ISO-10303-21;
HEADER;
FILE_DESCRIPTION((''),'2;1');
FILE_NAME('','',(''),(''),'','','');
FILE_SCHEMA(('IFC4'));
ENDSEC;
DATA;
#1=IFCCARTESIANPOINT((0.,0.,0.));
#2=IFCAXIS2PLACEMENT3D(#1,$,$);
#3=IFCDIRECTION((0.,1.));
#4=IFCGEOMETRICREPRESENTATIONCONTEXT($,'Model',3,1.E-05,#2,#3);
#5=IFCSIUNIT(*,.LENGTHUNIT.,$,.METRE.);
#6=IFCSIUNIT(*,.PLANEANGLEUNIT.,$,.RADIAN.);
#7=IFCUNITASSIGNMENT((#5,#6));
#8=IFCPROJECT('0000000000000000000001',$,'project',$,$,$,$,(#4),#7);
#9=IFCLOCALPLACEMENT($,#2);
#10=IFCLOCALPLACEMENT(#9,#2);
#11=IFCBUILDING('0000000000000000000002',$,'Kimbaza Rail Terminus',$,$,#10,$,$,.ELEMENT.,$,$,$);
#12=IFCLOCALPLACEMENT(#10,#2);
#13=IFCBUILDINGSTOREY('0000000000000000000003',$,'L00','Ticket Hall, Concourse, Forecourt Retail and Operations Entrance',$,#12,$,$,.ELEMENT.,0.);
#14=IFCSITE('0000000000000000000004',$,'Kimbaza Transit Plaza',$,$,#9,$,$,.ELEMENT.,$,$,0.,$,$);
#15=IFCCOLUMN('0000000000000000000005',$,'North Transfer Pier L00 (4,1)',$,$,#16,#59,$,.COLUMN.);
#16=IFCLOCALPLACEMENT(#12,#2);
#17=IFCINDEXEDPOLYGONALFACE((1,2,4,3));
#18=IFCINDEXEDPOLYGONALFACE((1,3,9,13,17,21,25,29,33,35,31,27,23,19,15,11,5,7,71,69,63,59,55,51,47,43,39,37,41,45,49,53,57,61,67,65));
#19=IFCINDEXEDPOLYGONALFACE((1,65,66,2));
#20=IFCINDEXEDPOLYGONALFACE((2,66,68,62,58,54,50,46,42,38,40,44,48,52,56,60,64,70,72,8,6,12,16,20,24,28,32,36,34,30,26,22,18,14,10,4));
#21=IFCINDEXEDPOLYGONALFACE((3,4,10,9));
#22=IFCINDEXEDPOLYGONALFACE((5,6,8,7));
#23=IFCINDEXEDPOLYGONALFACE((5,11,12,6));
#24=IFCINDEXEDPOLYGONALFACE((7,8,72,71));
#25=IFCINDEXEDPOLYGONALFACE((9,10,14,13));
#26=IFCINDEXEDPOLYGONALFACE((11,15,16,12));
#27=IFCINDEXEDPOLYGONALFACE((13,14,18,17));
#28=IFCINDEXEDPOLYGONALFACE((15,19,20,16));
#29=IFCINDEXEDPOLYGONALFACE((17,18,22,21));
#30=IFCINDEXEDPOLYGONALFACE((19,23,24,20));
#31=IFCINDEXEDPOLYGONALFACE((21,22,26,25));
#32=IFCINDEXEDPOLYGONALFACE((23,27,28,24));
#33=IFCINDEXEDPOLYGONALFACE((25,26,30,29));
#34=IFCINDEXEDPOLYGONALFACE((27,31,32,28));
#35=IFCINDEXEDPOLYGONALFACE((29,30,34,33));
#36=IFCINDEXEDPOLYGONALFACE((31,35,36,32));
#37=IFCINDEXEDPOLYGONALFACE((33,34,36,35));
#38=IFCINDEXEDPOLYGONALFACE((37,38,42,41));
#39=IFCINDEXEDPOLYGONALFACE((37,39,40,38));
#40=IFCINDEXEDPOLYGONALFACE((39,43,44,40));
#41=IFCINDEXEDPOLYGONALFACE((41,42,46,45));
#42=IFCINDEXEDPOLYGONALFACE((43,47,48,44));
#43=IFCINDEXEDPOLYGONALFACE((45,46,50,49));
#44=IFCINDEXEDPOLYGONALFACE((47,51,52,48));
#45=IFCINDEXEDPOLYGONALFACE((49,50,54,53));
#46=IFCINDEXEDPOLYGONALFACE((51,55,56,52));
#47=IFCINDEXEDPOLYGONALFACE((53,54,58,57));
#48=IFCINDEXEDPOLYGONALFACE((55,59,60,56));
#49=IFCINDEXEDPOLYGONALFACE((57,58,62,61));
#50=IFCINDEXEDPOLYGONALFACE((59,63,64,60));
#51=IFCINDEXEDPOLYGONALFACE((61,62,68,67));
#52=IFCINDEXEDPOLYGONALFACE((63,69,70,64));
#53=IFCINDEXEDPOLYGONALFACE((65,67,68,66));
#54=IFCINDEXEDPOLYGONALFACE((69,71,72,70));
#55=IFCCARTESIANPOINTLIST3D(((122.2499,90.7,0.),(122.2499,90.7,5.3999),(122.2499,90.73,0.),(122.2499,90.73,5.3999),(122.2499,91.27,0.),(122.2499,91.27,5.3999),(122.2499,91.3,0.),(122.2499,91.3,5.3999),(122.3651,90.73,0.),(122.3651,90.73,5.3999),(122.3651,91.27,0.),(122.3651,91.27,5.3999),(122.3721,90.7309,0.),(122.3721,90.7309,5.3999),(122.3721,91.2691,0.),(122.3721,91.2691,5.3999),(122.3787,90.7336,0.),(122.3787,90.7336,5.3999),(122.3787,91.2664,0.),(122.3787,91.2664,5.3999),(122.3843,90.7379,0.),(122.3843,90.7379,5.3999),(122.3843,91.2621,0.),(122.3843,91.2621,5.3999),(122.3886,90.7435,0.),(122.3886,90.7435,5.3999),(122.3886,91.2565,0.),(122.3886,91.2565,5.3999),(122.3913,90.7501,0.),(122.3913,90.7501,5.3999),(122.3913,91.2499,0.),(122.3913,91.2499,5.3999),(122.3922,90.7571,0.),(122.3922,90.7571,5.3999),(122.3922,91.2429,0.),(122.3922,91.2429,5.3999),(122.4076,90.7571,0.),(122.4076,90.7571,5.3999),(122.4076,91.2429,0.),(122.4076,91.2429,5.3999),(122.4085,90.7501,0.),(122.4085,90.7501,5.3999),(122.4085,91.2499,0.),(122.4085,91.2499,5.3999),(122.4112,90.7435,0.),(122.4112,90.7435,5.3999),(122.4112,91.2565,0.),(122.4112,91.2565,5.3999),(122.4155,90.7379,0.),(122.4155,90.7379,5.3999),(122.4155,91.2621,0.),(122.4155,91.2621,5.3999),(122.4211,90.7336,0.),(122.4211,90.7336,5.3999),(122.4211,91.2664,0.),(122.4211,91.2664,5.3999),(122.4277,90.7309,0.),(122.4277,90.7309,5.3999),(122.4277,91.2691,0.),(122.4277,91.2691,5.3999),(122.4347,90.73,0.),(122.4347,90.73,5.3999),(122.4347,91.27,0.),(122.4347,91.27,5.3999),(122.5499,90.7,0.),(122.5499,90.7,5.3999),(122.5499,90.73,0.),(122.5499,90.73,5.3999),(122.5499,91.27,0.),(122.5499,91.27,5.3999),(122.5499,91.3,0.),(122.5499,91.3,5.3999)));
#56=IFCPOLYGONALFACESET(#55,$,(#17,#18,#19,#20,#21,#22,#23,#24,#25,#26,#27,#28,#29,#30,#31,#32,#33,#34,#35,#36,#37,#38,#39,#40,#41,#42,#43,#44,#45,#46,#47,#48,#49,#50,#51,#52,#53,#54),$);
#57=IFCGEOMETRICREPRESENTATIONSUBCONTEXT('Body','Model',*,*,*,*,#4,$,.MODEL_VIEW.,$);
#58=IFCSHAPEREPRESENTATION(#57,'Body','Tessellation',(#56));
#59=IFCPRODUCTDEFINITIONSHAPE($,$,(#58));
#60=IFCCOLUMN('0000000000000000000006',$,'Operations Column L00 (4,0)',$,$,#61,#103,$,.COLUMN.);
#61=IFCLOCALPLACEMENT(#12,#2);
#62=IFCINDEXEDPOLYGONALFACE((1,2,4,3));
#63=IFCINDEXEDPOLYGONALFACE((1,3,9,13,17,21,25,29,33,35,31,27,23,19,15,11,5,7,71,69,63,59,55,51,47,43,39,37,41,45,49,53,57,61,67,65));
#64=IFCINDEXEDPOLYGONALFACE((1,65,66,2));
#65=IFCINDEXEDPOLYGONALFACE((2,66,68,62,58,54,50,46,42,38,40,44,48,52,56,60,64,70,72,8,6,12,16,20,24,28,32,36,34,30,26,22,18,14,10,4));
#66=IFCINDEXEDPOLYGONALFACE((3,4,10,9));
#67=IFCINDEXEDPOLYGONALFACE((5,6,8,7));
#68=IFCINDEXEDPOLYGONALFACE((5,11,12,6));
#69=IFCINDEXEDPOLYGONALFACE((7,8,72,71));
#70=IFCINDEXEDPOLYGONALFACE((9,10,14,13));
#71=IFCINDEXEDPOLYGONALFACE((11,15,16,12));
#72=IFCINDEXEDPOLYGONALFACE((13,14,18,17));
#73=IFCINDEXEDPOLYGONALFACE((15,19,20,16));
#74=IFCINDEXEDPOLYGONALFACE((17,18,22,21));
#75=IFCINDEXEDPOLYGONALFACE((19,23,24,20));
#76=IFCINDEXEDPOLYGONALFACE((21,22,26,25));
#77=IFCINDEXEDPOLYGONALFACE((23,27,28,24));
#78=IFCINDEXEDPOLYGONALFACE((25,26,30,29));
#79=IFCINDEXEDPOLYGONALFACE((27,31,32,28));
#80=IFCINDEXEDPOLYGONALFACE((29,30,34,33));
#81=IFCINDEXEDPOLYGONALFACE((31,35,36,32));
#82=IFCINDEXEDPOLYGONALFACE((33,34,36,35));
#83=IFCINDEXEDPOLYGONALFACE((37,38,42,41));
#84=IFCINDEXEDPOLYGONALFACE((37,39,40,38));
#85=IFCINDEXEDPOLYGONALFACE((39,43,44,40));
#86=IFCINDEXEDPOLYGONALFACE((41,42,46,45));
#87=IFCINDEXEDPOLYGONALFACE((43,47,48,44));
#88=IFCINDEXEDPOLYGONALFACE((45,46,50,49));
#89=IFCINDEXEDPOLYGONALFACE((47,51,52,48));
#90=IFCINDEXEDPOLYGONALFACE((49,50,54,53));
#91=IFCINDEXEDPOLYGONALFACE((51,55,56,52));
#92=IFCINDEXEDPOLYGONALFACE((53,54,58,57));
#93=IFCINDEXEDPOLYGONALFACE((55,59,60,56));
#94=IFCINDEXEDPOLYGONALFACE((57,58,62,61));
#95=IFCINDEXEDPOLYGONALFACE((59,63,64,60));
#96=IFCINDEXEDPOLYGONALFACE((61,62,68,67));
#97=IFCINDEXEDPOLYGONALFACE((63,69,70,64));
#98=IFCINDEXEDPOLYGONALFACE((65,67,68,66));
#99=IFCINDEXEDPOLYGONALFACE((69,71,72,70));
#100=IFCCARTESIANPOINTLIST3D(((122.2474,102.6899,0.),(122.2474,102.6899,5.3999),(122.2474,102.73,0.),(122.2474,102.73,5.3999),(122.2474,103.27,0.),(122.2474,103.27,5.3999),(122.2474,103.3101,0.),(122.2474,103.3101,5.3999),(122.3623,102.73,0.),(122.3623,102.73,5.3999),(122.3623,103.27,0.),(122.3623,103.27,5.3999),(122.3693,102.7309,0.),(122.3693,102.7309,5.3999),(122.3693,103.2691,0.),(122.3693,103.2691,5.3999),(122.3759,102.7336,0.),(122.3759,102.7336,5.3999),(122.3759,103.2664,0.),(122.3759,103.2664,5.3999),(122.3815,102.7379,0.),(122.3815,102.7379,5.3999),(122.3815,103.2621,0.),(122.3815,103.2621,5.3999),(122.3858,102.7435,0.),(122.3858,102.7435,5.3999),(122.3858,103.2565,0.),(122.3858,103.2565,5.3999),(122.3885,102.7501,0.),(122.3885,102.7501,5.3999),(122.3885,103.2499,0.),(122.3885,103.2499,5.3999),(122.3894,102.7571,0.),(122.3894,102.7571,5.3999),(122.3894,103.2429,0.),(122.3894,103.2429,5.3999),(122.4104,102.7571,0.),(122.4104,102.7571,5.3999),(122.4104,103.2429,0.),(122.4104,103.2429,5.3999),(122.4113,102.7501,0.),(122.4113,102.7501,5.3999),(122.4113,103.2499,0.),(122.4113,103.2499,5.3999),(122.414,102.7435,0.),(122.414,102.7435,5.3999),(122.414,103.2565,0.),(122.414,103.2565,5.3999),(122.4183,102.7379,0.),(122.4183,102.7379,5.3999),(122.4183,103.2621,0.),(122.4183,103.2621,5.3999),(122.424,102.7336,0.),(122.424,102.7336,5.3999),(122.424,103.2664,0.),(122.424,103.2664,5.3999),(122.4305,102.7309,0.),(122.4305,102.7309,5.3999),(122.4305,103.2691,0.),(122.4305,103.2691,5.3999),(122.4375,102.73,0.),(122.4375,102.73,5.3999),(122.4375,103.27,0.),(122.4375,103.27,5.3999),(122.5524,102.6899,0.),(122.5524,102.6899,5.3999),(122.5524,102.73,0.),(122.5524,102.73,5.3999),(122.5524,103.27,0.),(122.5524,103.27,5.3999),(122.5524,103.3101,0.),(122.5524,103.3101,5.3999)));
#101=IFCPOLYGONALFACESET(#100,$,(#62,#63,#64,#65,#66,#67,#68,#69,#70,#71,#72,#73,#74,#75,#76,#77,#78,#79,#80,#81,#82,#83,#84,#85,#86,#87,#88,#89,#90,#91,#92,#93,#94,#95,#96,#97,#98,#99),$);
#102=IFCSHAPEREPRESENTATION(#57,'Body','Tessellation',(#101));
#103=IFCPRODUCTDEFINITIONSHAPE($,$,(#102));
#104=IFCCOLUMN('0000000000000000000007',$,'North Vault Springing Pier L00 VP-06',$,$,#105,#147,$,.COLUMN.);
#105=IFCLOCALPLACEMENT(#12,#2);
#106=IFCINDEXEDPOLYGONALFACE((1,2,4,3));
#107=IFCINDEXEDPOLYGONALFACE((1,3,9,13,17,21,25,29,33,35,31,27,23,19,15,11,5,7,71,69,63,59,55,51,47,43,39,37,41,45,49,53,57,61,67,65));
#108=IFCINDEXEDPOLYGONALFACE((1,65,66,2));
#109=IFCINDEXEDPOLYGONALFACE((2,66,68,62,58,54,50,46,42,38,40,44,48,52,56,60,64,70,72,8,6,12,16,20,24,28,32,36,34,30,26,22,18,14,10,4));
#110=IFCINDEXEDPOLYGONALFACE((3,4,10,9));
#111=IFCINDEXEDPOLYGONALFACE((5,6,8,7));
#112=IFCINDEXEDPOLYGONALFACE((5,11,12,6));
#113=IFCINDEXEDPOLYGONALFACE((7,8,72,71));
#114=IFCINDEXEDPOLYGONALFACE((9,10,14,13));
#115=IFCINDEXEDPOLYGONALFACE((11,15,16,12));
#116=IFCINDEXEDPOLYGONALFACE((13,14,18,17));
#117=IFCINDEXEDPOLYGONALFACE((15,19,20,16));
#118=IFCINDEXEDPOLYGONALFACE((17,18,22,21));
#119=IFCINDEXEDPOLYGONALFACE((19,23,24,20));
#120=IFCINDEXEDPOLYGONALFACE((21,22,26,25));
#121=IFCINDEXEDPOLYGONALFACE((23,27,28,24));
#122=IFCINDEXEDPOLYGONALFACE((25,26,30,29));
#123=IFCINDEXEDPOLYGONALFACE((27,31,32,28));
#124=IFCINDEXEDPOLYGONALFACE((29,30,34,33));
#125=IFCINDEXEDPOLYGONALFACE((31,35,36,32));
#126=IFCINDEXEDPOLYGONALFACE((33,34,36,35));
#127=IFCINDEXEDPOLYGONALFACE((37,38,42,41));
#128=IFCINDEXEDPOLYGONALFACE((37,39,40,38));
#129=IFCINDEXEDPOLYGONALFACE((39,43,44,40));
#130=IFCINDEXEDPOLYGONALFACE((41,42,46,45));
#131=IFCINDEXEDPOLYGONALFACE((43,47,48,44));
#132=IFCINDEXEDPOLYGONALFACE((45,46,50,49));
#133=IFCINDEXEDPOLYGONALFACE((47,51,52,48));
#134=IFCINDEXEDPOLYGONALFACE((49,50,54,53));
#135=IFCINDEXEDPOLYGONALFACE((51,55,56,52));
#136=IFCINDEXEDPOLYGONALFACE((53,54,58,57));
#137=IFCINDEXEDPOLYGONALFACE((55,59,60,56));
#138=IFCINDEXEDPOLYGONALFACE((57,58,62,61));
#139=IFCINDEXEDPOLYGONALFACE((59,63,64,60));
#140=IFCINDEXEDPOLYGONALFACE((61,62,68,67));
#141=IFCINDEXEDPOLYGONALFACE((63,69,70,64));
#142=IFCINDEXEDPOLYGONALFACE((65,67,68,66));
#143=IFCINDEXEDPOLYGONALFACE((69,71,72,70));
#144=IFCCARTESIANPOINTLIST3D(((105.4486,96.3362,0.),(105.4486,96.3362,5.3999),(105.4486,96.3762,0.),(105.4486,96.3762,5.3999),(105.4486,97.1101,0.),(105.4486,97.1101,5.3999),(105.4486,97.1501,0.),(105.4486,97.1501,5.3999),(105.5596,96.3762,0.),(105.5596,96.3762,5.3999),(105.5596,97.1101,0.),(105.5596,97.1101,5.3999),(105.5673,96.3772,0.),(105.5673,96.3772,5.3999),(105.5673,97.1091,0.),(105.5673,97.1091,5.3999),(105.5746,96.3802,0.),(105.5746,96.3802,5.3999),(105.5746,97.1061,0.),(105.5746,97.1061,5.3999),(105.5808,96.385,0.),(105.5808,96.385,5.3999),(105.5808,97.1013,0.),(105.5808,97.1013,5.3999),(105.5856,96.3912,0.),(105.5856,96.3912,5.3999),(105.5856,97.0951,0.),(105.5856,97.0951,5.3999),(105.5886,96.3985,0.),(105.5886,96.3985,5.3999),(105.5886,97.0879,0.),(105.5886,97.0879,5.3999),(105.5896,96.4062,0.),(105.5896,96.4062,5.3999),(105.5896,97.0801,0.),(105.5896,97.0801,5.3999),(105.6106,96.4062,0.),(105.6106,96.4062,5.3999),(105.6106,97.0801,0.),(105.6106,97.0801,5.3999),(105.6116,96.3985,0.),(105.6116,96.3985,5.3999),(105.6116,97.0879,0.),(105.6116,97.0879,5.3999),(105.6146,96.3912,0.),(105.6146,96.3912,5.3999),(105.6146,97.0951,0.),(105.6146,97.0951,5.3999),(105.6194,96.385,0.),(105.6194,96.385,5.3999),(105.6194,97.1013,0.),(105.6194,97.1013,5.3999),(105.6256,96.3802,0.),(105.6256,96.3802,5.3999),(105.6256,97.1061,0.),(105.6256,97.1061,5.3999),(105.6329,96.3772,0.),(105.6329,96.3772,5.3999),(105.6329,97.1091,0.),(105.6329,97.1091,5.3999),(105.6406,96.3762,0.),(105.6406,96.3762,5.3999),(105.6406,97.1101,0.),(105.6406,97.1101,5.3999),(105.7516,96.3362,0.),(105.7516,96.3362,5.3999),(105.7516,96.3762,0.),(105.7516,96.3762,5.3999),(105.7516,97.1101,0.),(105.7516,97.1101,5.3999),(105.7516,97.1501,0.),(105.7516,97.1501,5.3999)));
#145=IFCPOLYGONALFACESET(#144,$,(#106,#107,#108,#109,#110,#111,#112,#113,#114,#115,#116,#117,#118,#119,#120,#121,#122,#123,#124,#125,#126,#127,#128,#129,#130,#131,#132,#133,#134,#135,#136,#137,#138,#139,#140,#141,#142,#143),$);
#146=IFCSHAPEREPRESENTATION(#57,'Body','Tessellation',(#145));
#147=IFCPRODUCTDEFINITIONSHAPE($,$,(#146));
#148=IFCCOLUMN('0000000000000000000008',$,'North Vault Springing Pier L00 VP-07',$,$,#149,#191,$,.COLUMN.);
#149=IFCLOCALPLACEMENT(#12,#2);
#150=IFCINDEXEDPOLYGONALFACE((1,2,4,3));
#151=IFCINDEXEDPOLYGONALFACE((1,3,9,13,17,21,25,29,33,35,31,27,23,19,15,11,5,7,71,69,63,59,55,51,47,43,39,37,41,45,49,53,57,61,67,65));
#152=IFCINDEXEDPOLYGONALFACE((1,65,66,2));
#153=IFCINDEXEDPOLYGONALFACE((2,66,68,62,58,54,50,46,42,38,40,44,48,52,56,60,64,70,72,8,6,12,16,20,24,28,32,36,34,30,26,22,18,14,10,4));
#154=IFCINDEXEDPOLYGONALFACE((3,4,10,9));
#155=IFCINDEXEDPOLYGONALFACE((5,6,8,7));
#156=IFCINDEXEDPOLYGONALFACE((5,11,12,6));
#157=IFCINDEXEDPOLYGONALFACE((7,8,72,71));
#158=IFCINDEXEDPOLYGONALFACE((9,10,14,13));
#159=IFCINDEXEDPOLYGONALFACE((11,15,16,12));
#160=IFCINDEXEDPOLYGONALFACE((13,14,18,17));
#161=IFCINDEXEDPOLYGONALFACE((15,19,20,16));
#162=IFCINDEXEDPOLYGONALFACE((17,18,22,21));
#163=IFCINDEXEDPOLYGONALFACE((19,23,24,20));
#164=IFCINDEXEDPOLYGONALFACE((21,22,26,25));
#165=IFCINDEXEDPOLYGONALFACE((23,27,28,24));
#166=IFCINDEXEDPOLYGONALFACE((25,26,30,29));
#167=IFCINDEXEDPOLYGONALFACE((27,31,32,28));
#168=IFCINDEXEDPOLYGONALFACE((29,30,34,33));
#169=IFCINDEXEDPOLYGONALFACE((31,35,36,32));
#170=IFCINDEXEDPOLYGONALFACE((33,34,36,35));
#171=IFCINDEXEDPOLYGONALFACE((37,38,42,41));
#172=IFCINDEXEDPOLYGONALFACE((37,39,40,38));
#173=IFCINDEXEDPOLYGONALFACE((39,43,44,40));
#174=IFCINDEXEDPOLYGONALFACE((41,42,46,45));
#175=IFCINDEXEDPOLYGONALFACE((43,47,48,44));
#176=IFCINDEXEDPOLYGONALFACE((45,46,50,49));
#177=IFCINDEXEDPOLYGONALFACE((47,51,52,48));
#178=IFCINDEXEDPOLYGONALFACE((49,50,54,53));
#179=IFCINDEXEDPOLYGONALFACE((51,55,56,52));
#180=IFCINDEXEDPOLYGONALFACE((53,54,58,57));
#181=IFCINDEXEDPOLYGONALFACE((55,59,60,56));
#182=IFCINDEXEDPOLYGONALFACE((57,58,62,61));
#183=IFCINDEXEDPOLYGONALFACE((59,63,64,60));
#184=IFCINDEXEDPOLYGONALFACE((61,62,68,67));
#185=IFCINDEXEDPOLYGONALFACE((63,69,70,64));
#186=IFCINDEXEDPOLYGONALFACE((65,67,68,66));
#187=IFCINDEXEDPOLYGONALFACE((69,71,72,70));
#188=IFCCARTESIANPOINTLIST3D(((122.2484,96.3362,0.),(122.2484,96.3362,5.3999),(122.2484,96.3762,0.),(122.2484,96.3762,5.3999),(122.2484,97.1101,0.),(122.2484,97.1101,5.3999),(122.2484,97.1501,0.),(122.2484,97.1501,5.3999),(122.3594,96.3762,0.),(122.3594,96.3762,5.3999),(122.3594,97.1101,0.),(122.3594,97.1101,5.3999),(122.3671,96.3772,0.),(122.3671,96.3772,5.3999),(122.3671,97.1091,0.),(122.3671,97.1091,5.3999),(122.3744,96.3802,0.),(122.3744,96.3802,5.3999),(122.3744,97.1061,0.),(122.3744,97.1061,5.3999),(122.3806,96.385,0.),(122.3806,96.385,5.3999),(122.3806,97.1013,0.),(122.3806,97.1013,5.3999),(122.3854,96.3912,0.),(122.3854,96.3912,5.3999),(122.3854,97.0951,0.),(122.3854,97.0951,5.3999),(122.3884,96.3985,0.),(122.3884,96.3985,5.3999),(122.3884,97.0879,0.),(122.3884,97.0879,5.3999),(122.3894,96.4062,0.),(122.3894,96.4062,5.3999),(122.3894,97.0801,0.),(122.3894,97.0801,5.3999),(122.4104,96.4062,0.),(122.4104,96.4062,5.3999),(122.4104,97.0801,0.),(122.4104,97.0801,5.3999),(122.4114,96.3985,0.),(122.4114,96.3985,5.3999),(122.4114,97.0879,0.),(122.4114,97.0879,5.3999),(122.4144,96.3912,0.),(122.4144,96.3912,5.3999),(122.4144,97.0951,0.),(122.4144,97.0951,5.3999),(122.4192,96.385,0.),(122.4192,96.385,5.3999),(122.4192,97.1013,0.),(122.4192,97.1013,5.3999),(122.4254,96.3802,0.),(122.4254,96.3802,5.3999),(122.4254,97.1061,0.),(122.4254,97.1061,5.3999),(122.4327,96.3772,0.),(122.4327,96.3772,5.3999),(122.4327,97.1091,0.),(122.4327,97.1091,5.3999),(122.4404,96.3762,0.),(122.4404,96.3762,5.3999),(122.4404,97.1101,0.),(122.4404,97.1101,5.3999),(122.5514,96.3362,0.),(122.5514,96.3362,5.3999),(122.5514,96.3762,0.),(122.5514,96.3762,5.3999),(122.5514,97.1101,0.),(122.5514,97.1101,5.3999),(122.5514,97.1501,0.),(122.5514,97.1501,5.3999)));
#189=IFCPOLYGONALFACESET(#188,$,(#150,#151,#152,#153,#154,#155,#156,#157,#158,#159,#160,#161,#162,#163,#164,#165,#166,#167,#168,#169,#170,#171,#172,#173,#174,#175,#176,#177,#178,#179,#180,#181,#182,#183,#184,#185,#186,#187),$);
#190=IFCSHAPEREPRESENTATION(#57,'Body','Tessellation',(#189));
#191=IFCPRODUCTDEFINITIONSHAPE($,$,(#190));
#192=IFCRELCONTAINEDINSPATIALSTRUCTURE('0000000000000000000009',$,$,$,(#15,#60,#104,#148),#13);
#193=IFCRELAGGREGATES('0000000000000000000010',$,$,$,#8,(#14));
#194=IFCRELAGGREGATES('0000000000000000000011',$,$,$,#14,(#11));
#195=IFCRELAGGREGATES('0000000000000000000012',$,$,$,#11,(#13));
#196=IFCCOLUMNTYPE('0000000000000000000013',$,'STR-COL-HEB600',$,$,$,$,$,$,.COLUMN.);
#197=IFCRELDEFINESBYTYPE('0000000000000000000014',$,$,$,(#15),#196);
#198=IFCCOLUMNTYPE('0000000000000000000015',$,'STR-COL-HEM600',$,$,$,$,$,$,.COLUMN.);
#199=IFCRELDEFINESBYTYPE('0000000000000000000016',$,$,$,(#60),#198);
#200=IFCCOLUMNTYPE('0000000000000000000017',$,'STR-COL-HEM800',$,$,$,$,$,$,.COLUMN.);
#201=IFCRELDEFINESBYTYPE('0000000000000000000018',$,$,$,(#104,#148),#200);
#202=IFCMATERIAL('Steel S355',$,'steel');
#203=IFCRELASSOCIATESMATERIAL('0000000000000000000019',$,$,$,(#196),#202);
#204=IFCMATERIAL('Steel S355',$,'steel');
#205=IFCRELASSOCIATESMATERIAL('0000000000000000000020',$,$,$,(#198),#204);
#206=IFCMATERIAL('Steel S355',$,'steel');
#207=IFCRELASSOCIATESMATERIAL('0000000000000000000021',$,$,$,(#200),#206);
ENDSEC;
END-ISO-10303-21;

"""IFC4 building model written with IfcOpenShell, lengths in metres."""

from ifc_helpers import new_model, si_unit, direction, frame, origin, origin_2d, place, context, subcontext, project, spatial, i_section, extrude, material, material_profile, profile_set, type_object, element, save


model = new_model("IFC4")

# Units and contexts
model_context = context("Model", 3, precision=1e-05, world=origin(), true_north=direction((0.0, 1.0)))
body_context = subcontext(model_context, "Body", "Model", "MODEL_VIEW")
ifc_project = project(units=[si_unit("LENGTHUNIT", "METRE"), si_unit("PLANEANGLEUNIT", "RADIAN")], contexts=[model_context])

# Site, building, storey
site_placement = place(None, origin())
site = spatial("IfcSite", under=ifc_project, at=site_placement, Name="Kimbaza Transit Plaza", CompositionType="ELEMENT", RefElevation=0.0)
building_placement = place(site_placement, origin())
building = spatial("IfcBuilding", under=site, at=building_placement, Name="Kimbaza Rail Terminus", CompositionType="ELEMENT")
storey_placement = place(building_placement, origin())
storey = spatial("IfcBuildingStorey", under=building, at=storey_placement, Name="L00", Description="Ticket Hall, Concourse, Forecourt Retail and Operations Entrance", CompositionType="ELEMENT", Elevation=0.0)

# Columns
ifc_material_1 = material(Name="Steel S355", Category="steel")
ifc_material_profile_1 = material_profile(ifc_material_1, i_section(OverallWidth=0.3, OverallDepth=0.6001, WebThickness=0.0154, FlangeThickness=0.03, FilletRadius=0.0271, at=origin_2d()), Name="HEB 600")
ifc_profile_set_1 = profile_set([ifc_material_profile_1], Name="Steel S355")
column_type_1 = type_object("IfcColumnType", Name="STR-COL-HEB600", PredefinedType="COLUMN", material=ifc_profile_set_1)
column_1_placement = place(storey_placement, frame((122.3999, 91.0, 0.0), z_axis=(0.0, 0.0, 1.0), x_axis=(1.0, 0.0, 0.0)))
element("IfcColumn", 1, at=column_1_placement, inside=storey, type_object=column_type_1, Name="North Transfer Pier L00 (4,1)", PredefinedType="COLUMN", context=body_context, shape_type="SweptSolid", body=[
    extrude(i_section(OverallWidth=0.3, OverallDepth=0.6001, WebThickness=0.0154, FlangeThickness=0.03, FilletRadius=0.0271, at=origin_2d()), origin(), (0.0, 0.0, 1.0), 5.3999),
])
ifc_material_2 = material(Name="Steel S355", Category="steel")
ifc_material_profile_2 = material_profile(ifc_material_2, i_section(OverallWidth=0.3049, OverallDepth=0.6201, WebThickness=0.021, FlangeThickness=0.04, FilletRadius=0.0271, at=origin_2d()), Name="HEM 600")
ifc_profile_set_2 = profile_set([ifc_material_profile_2], Name="Steel S355")
column_type_2 = type_object("IfcColumnType", Name="STR-COL-HEM600", PredefinedType="COLUMN", material=ifc_profile_set_2)
column_2_placement = place(storey_placement, frame((122.3999, 103.0, 0.0), z_axis=(0.0, 0.0, 1.0), x_axis=(1.0, 0.0, 0.0)))
element("IfcColumn", 2, at=column_2_placement, inside=storey, type_object=column_type_2, Name="Operations Column L00 (4,0)", PredefinedType="COLUMN", context=body_context, shape_type="SweptSolid", body=[
    extrude(i_section(OverallWidth=0.3049, OverallDepth=0.6201, WebThickness=0.021, FlangeThickness=0.04, FilletRadius=0.0271, at=origin_2d()), origin(), (0.0, 0.0, 1.0), 5.3999),
])
ifc_material_3 = material(Name="Steel S355", Category="steel")
ifc_material_profile_3 = material_profile(ifc_material_3, i_section(OverallWidth=0.303, OverallDepth=0.814, WebThickness=0.021, FlangeThickness=0.04, FilletRadius=0.03, at=origin_2d()), Name="HEM 800")
ifc_profile_set_3 = profile_set([ifc_material_profile_3], Name="Steel S355")
column_type_3 = type_object("IfcColumnType", Name="STR-COL-HEM800", PredefinedType="COLUMN", material=ifc_profile_set_3)
for number, where, z_axis, x_axis, name in (
    (3, (105.6001, 96.7432, 0.0), (0.0, 0.0, 1.0), (1.0, 0.0, 0.0), "North Vault Springing Pier L00 VP-06"),
    (4, (122.3999, 96.7432, 0.0), (0.0, 0.0, 1.0), (1.0, 0.0, 0.0), "North Vault Springing Pier L00 VP-07"),
):
    element("IfcColumn", number, at=place(storey_placement, frame(where, z_axis=z_axis, x_axis=x_axis)), inside=storey, type_object=column_type_3, Name=name, PredefinedType="COLUMN", context=body_context, shape_type="SweptSolid", body=[
        extrude(i_section(OverallWidth=0.303, OverallDepth=0.814, WebThickness=0.021, FlangeThickness=0.04, FilletRadius=0.03, at=origin_2d()), origin(), (0.0, 0.0, 1.0), 5.3999),
    ])

save(model, "model.ifc")
